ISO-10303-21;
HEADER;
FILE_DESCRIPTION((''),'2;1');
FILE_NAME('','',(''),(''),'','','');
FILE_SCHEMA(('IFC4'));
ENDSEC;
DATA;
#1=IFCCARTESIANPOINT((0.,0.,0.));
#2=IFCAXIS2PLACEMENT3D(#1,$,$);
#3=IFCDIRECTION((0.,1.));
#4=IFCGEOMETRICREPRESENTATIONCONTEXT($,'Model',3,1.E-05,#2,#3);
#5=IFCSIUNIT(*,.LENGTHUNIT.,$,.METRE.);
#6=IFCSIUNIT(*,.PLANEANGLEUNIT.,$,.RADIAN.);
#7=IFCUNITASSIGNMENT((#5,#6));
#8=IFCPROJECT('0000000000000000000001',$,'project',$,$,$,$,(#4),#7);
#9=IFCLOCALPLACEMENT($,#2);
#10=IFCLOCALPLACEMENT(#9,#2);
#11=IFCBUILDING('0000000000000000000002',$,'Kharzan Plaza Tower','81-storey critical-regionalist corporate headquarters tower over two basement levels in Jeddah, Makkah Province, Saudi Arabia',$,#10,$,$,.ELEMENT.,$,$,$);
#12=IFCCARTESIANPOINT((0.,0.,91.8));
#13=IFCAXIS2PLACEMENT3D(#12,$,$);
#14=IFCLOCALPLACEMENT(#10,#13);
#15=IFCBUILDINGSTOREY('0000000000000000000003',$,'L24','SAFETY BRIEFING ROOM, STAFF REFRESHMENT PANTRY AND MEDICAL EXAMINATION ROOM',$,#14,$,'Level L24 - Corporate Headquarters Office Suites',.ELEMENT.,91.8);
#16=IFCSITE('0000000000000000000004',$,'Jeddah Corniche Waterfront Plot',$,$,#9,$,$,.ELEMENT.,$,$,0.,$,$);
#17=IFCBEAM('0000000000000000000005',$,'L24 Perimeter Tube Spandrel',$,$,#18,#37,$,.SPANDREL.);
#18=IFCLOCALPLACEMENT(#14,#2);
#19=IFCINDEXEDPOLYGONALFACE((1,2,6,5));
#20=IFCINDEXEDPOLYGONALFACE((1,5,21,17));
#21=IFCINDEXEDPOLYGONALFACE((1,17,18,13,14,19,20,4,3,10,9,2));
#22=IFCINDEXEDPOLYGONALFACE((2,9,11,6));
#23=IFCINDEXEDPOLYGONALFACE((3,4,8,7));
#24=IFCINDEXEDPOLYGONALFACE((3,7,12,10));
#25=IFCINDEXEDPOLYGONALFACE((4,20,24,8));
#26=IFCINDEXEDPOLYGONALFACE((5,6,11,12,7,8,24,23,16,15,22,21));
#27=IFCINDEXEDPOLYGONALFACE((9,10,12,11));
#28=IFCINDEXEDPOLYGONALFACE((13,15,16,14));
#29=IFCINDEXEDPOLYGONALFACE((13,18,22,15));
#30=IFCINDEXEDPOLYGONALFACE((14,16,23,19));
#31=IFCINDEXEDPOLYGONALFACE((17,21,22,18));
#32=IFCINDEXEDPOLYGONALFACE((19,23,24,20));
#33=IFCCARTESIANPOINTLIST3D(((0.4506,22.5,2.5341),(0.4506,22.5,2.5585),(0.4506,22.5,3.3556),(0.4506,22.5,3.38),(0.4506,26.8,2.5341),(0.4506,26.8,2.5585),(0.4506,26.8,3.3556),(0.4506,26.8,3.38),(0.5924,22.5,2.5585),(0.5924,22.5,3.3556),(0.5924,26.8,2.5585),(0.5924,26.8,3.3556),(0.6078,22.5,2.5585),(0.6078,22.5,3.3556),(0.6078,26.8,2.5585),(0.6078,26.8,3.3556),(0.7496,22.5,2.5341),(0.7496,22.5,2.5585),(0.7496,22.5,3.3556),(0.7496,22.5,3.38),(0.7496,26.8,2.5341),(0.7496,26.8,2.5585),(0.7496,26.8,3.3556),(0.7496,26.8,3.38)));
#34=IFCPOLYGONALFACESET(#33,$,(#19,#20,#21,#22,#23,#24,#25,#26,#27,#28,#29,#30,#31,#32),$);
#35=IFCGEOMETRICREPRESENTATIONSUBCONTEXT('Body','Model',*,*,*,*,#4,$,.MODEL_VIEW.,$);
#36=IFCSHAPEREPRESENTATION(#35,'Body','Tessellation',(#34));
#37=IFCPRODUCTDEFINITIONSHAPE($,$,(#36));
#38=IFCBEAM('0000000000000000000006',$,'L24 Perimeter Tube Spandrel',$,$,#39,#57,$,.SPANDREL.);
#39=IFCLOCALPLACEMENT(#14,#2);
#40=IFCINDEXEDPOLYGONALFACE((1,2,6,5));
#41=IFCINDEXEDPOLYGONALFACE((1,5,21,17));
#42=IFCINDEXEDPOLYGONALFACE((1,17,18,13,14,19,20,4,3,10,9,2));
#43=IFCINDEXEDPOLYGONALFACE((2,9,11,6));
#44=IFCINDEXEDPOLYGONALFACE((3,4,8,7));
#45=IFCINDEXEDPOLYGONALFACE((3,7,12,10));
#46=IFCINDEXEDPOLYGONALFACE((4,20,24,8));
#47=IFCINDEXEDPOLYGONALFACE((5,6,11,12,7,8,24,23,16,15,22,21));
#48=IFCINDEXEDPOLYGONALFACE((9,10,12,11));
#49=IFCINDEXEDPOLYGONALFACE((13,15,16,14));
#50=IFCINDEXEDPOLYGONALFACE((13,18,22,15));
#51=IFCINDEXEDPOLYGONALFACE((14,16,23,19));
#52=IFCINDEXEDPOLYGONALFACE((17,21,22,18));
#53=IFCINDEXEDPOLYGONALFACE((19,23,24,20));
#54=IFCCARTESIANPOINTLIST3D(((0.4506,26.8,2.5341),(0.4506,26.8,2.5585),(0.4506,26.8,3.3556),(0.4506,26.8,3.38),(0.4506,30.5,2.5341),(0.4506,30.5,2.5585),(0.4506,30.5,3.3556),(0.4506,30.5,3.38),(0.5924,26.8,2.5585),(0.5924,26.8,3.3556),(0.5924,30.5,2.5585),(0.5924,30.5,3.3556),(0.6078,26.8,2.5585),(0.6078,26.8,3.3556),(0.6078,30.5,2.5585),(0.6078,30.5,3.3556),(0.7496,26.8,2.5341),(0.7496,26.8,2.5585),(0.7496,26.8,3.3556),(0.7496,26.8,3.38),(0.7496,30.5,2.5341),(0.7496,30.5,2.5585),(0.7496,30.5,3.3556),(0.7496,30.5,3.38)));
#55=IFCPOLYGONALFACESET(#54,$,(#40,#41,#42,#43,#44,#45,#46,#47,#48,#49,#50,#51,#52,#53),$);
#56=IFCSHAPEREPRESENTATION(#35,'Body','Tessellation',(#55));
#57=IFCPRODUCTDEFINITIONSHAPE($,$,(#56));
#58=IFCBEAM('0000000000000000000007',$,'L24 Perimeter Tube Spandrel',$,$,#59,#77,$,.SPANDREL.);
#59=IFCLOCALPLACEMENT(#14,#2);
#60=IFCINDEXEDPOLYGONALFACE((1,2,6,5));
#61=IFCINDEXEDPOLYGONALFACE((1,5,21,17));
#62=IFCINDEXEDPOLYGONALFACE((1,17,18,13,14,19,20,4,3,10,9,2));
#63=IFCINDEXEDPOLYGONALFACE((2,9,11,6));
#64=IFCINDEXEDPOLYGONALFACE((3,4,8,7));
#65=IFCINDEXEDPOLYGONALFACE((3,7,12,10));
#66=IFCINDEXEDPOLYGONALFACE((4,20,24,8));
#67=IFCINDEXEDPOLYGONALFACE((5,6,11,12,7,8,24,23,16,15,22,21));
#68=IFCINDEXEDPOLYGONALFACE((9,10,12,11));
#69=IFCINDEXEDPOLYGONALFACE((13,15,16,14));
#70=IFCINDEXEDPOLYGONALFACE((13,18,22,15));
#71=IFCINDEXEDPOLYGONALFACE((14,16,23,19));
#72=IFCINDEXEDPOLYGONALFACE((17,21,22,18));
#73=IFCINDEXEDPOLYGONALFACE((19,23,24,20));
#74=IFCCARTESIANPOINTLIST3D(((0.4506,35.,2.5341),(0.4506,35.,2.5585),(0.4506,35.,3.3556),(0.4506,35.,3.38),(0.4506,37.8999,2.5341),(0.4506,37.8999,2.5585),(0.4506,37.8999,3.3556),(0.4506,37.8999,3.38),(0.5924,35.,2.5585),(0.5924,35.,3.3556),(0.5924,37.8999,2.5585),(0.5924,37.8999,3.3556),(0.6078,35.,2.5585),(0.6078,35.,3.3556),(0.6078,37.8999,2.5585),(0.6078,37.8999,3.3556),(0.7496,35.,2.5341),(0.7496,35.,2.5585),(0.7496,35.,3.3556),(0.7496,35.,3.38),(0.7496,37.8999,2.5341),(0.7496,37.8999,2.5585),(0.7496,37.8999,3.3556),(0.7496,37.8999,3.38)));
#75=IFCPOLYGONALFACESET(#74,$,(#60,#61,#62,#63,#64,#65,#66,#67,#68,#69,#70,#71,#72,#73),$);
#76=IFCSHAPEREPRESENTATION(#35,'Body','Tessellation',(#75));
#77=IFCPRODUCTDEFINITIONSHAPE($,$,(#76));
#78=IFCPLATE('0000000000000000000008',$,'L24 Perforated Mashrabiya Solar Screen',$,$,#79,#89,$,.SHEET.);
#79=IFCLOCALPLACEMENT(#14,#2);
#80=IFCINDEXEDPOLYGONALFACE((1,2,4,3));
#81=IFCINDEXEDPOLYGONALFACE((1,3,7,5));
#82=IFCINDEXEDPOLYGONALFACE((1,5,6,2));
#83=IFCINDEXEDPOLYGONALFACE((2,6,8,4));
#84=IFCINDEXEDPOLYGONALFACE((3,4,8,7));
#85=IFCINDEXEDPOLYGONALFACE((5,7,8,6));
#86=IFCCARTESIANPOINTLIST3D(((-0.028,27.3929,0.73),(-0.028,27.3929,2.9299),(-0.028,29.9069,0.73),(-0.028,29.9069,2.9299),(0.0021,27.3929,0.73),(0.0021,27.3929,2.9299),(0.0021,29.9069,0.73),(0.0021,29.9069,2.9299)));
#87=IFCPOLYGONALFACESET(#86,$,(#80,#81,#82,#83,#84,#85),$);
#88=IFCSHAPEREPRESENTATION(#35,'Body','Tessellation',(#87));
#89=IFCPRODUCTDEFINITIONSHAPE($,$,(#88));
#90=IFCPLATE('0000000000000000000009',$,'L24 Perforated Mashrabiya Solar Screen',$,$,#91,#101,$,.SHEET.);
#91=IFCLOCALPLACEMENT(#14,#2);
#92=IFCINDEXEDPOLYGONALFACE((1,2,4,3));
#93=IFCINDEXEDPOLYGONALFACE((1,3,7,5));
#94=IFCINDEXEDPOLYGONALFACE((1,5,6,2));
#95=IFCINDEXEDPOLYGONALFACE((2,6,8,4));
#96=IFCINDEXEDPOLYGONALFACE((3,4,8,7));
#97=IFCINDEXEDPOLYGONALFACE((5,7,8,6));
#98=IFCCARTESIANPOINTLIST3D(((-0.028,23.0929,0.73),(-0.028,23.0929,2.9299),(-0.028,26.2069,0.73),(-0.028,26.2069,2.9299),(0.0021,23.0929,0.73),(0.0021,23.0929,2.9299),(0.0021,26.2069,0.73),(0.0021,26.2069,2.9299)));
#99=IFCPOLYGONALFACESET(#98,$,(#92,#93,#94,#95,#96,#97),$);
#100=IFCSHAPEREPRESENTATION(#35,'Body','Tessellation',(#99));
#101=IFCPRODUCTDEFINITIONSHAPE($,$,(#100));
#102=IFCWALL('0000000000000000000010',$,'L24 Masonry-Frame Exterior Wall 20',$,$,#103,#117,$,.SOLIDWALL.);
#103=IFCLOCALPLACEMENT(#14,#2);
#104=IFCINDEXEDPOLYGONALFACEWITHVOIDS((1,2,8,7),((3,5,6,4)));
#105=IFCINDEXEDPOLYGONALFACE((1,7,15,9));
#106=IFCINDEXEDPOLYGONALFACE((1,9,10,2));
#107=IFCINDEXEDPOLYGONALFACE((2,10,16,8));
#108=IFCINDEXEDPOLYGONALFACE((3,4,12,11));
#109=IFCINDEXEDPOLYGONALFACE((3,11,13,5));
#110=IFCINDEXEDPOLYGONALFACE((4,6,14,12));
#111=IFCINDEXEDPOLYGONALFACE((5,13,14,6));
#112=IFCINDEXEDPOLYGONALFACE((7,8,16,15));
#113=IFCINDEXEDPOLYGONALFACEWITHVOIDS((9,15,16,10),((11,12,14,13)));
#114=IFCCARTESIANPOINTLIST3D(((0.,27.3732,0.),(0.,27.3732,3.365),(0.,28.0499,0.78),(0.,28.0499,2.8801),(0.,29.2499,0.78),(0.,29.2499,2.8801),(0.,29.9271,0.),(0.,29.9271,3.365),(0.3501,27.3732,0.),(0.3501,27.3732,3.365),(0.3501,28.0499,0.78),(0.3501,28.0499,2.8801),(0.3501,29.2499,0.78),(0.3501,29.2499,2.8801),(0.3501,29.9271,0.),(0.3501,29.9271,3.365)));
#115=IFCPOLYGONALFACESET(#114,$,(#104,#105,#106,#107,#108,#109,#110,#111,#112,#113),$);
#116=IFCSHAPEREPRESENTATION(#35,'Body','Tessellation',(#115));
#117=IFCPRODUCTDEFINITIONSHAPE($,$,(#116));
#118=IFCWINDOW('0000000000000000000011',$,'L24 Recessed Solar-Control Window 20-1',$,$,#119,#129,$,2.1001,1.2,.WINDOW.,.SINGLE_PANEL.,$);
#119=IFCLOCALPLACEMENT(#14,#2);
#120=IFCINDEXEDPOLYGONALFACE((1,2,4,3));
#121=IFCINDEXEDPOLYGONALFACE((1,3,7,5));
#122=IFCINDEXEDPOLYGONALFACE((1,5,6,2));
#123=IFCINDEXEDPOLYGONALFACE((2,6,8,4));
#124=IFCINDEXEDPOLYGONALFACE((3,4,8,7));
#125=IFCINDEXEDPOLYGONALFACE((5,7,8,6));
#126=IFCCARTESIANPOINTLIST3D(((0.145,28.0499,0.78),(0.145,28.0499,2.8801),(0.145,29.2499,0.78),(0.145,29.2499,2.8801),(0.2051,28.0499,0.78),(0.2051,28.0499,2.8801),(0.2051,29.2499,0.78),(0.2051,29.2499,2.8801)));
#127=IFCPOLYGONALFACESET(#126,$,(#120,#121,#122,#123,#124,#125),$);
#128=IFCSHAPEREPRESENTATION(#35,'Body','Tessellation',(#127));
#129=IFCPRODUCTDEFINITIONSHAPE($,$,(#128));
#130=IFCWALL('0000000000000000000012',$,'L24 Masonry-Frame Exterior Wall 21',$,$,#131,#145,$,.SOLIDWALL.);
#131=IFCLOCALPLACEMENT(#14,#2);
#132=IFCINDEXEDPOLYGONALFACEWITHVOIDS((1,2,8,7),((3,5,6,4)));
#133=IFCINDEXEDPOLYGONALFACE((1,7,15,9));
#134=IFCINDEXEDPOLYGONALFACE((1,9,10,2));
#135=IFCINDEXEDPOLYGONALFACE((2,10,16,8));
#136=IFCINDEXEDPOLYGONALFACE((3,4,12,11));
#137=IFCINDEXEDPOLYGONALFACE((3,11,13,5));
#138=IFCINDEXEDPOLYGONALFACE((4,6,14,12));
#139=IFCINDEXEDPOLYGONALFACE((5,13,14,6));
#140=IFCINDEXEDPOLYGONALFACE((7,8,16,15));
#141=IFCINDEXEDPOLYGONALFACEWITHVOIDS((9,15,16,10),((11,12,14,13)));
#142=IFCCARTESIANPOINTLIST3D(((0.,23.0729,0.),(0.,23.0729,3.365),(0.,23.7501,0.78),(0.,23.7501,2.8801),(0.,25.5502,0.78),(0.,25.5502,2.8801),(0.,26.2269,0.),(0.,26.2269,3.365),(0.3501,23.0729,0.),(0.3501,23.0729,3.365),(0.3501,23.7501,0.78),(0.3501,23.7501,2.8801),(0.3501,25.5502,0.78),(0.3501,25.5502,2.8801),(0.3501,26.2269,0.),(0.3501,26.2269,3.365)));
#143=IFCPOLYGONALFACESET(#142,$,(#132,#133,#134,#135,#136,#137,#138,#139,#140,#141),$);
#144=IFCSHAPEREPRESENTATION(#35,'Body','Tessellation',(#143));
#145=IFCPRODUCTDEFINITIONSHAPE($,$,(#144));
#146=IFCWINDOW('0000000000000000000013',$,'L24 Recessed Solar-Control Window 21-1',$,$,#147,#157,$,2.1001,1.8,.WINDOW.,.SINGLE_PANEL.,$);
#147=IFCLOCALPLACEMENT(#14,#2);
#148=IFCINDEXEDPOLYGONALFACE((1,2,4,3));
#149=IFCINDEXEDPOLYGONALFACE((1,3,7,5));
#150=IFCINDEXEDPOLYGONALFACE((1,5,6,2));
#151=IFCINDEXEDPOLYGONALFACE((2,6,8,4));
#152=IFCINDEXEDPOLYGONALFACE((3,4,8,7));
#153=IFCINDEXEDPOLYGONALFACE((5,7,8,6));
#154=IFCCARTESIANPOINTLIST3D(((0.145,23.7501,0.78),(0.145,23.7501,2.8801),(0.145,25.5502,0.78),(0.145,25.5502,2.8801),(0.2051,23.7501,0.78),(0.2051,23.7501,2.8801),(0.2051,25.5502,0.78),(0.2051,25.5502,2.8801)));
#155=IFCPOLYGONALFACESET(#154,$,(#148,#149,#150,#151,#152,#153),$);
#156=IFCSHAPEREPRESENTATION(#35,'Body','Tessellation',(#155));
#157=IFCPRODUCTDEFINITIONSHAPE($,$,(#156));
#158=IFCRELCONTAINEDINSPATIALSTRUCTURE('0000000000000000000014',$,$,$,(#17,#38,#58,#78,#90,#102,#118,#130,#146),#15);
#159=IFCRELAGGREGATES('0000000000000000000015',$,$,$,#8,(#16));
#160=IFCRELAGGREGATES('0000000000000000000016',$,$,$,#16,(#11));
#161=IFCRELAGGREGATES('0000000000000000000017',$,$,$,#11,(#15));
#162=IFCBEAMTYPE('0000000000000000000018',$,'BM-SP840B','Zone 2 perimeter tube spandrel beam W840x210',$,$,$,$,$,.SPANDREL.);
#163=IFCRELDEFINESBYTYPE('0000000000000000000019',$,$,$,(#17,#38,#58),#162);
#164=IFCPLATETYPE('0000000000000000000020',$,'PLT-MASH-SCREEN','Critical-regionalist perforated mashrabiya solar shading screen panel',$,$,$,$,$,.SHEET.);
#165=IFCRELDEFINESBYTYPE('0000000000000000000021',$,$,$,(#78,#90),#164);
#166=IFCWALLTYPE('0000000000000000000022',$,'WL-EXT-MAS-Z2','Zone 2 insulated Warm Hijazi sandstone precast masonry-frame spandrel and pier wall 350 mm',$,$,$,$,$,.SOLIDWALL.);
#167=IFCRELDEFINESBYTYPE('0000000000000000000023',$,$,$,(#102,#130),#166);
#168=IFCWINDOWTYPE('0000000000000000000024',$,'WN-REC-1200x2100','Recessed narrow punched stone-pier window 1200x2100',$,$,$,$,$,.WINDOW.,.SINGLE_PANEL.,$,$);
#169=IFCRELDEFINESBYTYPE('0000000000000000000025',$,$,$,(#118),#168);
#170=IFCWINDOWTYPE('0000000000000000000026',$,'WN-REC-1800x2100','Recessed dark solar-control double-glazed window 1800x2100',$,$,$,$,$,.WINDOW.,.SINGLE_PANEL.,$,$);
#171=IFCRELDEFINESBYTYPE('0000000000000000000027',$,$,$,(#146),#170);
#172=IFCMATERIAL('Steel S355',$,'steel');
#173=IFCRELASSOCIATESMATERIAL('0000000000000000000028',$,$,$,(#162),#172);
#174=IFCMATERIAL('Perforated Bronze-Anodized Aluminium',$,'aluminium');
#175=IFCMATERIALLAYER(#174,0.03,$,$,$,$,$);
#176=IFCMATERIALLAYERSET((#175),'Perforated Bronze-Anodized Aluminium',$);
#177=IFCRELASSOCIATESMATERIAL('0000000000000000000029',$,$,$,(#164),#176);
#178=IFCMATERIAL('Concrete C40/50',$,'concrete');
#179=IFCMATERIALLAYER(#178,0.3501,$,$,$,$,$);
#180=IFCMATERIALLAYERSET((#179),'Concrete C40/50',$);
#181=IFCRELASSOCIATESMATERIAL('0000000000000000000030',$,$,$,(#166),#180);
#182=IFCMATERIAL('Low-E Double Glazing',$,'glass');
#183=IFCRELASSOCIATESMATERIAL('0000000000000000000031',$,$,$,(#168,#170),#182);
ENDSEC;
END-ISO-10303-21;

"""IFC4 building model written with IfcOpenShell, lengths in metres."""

from ifc_helpers import new_model, si_unit, direction, frame, frame_2d, origin, origin_2d, place, context, subcontext, project, spatial, rectangle, i_section, extrude, source, transform, mapped, material, layer, layer_set, material_profile, profile_set, type_object, element, fill, save


model = new_model("IFC4")

# Units and contexts
model_context = context("Model", 3, precision=1e-05, world=origin(), true_north=direction((0.0, 1.0)))
body_context = subcontext(model_context, "Body", "Model", "MODEL_VIEW")
ifc_project = project(units=[si_unit("LENGTHUNIT", "METRE"), si_unit("PLANEANGLEUNIT", "RADIAN")], contexts=[model_context])

# Site, building, storey
site_placement = place(None, origin())
site = spatial("IfcSite", under=ifc_project, at=site_placement, Name="Jeddah Corniche Waterfront Plot", CompositionType="ELEMENT", RefElevation=0.0)
building_placement = place(site_placement, origin())
building = spatial("IfcBuilding", under=site, at=building_placement, Name="Kharzan Plaza Tower", Description="81-storey critical-regionalist corporate headquarters tower over two basement levels in Jeddah, Makkah Province, Saudi Arabia", CompositionType="ELEMENT")
storey_placement = place(building_placement, frame((0.0, 0.0, 91.8)))
storey = spatial("IfcBuildingStorey", under=building, at=storey_placement, Name="L24", Description="SAFETY BRIEFING ROOM, STAFF REFRESHMENT PANTRY AND MEDICAL EXAMINATION ROOM", LongName="Level L24 - Corporate Headquarters Office Suites", CompositionType="ELEMENT", Elevation=91.8)

# Beams
ifc_material_1 = material(Name="Steel S355", Category="steel")
ifc_material_profile_1 = material_profile(ifc_material_1, i_section(OverallWidth=0.2991, OverallDepth=0.8459, WebThickness=0.0154, FlangeThickness=0.0244, at=origin_2d()), Name="W840x210")
ifc_profile_set_1 = profile_set([ifc_material_profile_1], Name="Steel S355")
beam_type_1 = type_object("IfcBeamType", Name="BM-SP840B", Description="Zone 2 perimeter tube spandrel beam W840x210", PredefinedType="SPANDREL", material=ifc_profile_set_1)
shared_shape_1 = source(origin(), body_context, "Body", "SweptSolid", [
    extrude(i_section(OverallWidth=0.2991, OverallDepth=0.8459, WebThickness=0.0154, FlangeThickness=0.0244, at=origin_2d()), origin(), (0.0, 0.0, 1.0), 4.3),
])
beam_1_placement = place(storey_placement, frame((0.6001, 22.5, 2.957), z_axis=(0.0, 1.0, 0.0), x_axis=(-1.0, 0.0, 0.0)))
element("IfcBeam", 1, at=beam_1_placement, inside=storey, type_object=beam_type_1, Name="L24 Perimeter Tube Spandrel", PredefinedType="SPANDREL", context=body_context, shape_type="MappedRepresentation", body=[
    mapped(shared_shape_1, transform((0.0, 0.0, 0.0), x_axis=(1.0, 0.0, 0.0), y_axis=(0.0, 1.0, 0.0), z_axis=(0.0, 0.0, 1.0))),
])
shared_shape_2 = source(origin(), body_context, "Body", "SweptSolid", [
    extrude(i_section(OverallWidth=0.2991, OverallDepth=0.8459, WebThickness=0.0154, FlangeThickness=0.0244, at=origin_2d()), origin(), (0.0, 0.0, 1.0), 3.7),
])
beam_2_placement = place(storey_placement, frame((0.6001, 26.8, 2.957), z_axis=(0.0, 1.0, 0.0), x_axis=(-1.0, 0.0, 0.0)))
element("IfcBeam", 2, at=beam_2_placement, inside=storey, type_object=beam_type_1, Name="L24 Perimeter Tube Spandrel", PredefinedType="SPANDREL", context=body_context, shape_type="MappedRepresentation", body=[
    mapped(shared_shape_2, transform((0.0, 0.0, 0.0), x_axis=(1.0, 0.0, 0.0), y_axis=(0.0, 1.0, 0.0), z_axis=(0.0, 0.0, 1.0))),
])
shared_shape_3 = source(origin(), body_context, "Body", "SweptSolid", [
    extrude(i_section(OverallWidth=0.2991, OverallDepth=0.8459, WebThickness=0.0154, FlangeThickness=0.0244, at=origin_2d()), origin(), (0.0, 0.0, 1.0), 2.8999),
])
beam_3_placement = place(storey_placement, frame((0.6001, 35.0, 2.957), z_axis=(0.0, 1.0, 0.0), x_axis=(-1.0, 0.0, 0.0)))
element("IfcBeam", 3, at=beam_3_placement, inside=storey, type_object=beam_type_1, Name="L24 Perimeter Tube Spandrel", PredefinedType="SPANDREL", context=body_context, shape_type="MappedRepresentation", body=[
    mapped(shared_shape_3, transform((0.0, 0.0, 0.0), x_axis=(1.0, 0.0, 0.0), y_axis=(0.0, 1.0, 0.0), z_axis=(0.0, 0.0, 1.0))),
])

# Plates
ifc_material_2 = material(Name="Perforated Bronze-Anodized Aluminium", Category="aluminium")
ifc_layer_1 = layer(ifc_material_2, 0.03)
ifc_layer_set_1 = layer_set([ifc_layer_1], Name="Perforated Bronze-Anodized Aluminium")
plate_type = type_object("IfcPlateType", Name="PLT-MASH-SCREEN", Description="Critical-regionalist perforated mashrabiya solar shading screen panel", PredefinedType="SHEET", material=ifc_layer_set_1)
shared_shape_4 = source(origin(), body_context, "Body", "SweptSolid", [
    extrude(rectangle(XDim=2.5139, YDim=0.03, at=origin_2d()), origin(), (0.0, 0.0, 1.0), 2.2),
])
plate_1_placement = place(storey_placement, frame((-0.0129, 28.6499, 0.73), z_axis=(0.0, 0.0, 1.0), x_axis=(0.0, -1.0, 0.0)))
element("IfcPlate", 4, at=plate_1_placement, inside=storey, type_object=plate_type, Name="L24 Perforated Mashrabiya Solar Screen", PredefinedType="SHEET", context=body_context, shape_type="MappedRepresentation", body=[
    mapped(shared_shape_4, transform((0.0, 0.0, 0.0), x_axis=(1.0, 0.0, 0.0), y_axis=(0.0, 1.0, 0.0), z_axis=(0.0, 0.0, 1.0))),
])
shared_shape_5 = source(origin(), body_context, "Body", "SweptSolid", [
    extrude(rectangle(XDim=3.114, YDim=0.03, at=origin_2d()), origin(), (0.0, 0.0, 1.0), 2.2),
])
plate_2_placement = place(storey_placement, frame((-0.0129, 24.6499, 0.73), z_axis=(0.0, 0.0, 1.0), x_axis=(0.0, -1.0, 0.0)))
element("IfcPlate", 5, at=plate_2_placement, inside=storey, type_object=plate_type, Name="L24 Perforated Mashrabiya Solar Screen", PredefinedType="SHEET", context=body_context, shape_type="MappedRepresentation", body=[
    mapped(shared_shape_5, transform((0.0, 0.0, 0.0), x_axis=(1.0, 0.0, 0.0), y_axis=(0.0, 1.0, 0.0), z_axis=(0.0, 0.0, 1.0))),
])

# Walls, openings, windows
ifc_material_3 = material(Name="Concrete C40/50", Category="concrete")
ifc_layer_2 = layer(ifc_material_3, 0.3501)
ifc_layer_set_2 = layer_set([ifc_layer_2], Name="Concrete C40/50")
wall_type_1 = type_object("IfcWallType", Name="WL-EXT-MAS-Z2", Description="Zone 2 insulated Warm Hijazi sandstone precast masonry-frame spandrel and pier wall 350 mm", PredefinedType="SOLIDWALL", material=ifc_layer_set_2)
wall_1_placement = place(storey_placement, frame((0.175, 29.927, 0.0), z_axis=(0.0, 0.0, 1.0), x_axis=(0.0, -1.0, 0.0)))
wall_1 = element("IfcWall", 6, at=wall_1_placement, inside=storey, type_object=wall_type_1, Name="L24 Masonry-Frame Exterior Wall 20", PredefinedType="SOLIDWALL", context=body_context, shape_type="SweptSolid", body=[
    extrude(rectangle(XDim=2.554, YDim=0.3501, at=frame_2d((1.2769, 0.0))), origin(), (0.0, 0.0, 1.0), 3.365),
])
opening_1_placement = place(wall_1_placement, frame((0.677, 0.0, 0.78)))
opening_1 = element("IfcOpeningElement", 7, at=opening_1_placement, cuts=wall_1, PredefinedType="OPENING", context=body_context, shape_type="SweptSolid", body=[
    extrude(rectangle(XDim=1.2, YDim=2.1001, at=frame_2d((0.6001, 1.05))), frame((0.0, 0.1851, 0.0), z_axis=(0.0, -1.0, 0.0), x_axis=(1.0, 0.0, 0.0)), (0.0, 0.0, 1.0), 0.3701),
])
ifc_material_4 = material(Name="Low-E Double Glazing", Category="glass")
window_type_1 = type_object("IfcWindowType", Name="WN-REC-1200x2100", Description="Recessed narrow punched stone-pier window 1200x2100", PartitioningType="SINGLE_PANEL", PredefinedType="WINDOW", material=ifc_material_4)
shared_shape_6 = source(origin(), body_context, "Body", "SweptSolid", [
    extrude(rectangle(XDim=1.2, YDim=2.1001, at=frame_2d((0.6001, 1.05))), frame((0.0, 0.03, 0.0), z_axis=(0.0, -1.0, 0.0), x_axis=(1.0, 0.0, 0.0)), (0.0, 0.0, 1.0), 0.0601),
])
window_1_placement = place(opening_1_placement, origin())
window_1 = element("IfcWindow", 8, at=window_1_placement, inside=storey, type_object=window_type_1, Name="L24 Recessed Solar-Control Window 20-1", OverallHeight=2.1001, OverallWidth=1.2, PartitioningType="SINGLE_PANEL", PredefinedType="WINDOW", context=body_context, shape_type="MappedRepresentation", body=[
    mapped(shared_shape_6, transform((0.0, 0.0, 0.0), x_axis=(1.0, 0.0, 0.0), y_axis=(0.0, 1.0, 0.0), z_axis=(0.0, 0.0, 1.0))),
])
fill(opening_1, window_1)
wall_2_placement = place(storey_placement, frame((0.175, 26.2271, 0.0), z_axis=(0.0, 0.0, 1.0), x_axis=(0.0, -1.0, 0.0)))
wall_2 = element("IfcWall", 9, at=wall_2_placement, inside=storey, type_object=wall_type_1, Name="L24 Masonry-Frame Exterior Wall 21", PredefinedType="SOLIDWALL", context=body_context, shape_type="SweptSolid", body=[
    extrude(rectangle(XDim=3.1541, YDim=0.3501, at=frame_2d((1.5771, 0.0))), origin(), (0.0, 0.0, 1.0), 3.365),
])
opening_2_placement = place(wall_2_placement, frame((0.677, 0.0, 0.78)))
opening_2 = element("IfcOpeningElement", 10, at=opening_2_placement, cuts=wall_2, PredefinedType="OPENING", context=body_context, shape_type="SweptSolid", body=[
    extrude(rectangle(XDim=1.8, YDim=2.1001, at=frame_2d((0.8999, 1.05))), frame((0.0, 0.1851, 0.0), z_axis=(0.0, -1.0, 0.0), x_axis=(1.0, 0.0, 0.0)), (0.0, 0.0, 1.0), 0.3701),
])
window_type_2 = type_object("IfcWindowType", Name="WN-REC-1800x2100", Description="Recessed dark solar-control double-glazed window 1800x2100", PartitioningType="SINGLE_PANEL", PredefinedType="WINDOW", material=ifc_material_4)
shared_shape_7 = source(origin(), body_context, "Body", "SweptSolid", [
    extrude(rectangle(XDim=1.8, YDim=2.1001, at=frame_2d((0.8999, 1.05))), frame((0.0, 0.03, 0.0), z_axis=(0.0, -1.0, 0.0), x_axis=(1.0, 0.0, 0.0)), (0.0, 0.0, 1.0), 0.0601),
])
window_2_placement = place(opening_2_placement, origin())
window_2 = element("IfcWindow", 11, at=window_2_placement, inside=storey, type_object=window_type_2, Name="L24 Recessed Solar-Control Window 21-1", OverallHeight=2.1001, OverallWidth=1.8, PartitioningType="SINGLE_PANEL", PredefinedType="WINDOW", context=body_context, shape_type="MappedRepresentation", body=[
    mapped(shared_shape_7, transform((0.0, 0.0, 0.0), x_axis=(1.0, 0.0, 0.0), y_axis=(0.0, 1.0, 0.0), z_axis=(0.0, 0.0, 1.0))),
])
fill(opening_2, window_2)

save(model, "model.ifc")
